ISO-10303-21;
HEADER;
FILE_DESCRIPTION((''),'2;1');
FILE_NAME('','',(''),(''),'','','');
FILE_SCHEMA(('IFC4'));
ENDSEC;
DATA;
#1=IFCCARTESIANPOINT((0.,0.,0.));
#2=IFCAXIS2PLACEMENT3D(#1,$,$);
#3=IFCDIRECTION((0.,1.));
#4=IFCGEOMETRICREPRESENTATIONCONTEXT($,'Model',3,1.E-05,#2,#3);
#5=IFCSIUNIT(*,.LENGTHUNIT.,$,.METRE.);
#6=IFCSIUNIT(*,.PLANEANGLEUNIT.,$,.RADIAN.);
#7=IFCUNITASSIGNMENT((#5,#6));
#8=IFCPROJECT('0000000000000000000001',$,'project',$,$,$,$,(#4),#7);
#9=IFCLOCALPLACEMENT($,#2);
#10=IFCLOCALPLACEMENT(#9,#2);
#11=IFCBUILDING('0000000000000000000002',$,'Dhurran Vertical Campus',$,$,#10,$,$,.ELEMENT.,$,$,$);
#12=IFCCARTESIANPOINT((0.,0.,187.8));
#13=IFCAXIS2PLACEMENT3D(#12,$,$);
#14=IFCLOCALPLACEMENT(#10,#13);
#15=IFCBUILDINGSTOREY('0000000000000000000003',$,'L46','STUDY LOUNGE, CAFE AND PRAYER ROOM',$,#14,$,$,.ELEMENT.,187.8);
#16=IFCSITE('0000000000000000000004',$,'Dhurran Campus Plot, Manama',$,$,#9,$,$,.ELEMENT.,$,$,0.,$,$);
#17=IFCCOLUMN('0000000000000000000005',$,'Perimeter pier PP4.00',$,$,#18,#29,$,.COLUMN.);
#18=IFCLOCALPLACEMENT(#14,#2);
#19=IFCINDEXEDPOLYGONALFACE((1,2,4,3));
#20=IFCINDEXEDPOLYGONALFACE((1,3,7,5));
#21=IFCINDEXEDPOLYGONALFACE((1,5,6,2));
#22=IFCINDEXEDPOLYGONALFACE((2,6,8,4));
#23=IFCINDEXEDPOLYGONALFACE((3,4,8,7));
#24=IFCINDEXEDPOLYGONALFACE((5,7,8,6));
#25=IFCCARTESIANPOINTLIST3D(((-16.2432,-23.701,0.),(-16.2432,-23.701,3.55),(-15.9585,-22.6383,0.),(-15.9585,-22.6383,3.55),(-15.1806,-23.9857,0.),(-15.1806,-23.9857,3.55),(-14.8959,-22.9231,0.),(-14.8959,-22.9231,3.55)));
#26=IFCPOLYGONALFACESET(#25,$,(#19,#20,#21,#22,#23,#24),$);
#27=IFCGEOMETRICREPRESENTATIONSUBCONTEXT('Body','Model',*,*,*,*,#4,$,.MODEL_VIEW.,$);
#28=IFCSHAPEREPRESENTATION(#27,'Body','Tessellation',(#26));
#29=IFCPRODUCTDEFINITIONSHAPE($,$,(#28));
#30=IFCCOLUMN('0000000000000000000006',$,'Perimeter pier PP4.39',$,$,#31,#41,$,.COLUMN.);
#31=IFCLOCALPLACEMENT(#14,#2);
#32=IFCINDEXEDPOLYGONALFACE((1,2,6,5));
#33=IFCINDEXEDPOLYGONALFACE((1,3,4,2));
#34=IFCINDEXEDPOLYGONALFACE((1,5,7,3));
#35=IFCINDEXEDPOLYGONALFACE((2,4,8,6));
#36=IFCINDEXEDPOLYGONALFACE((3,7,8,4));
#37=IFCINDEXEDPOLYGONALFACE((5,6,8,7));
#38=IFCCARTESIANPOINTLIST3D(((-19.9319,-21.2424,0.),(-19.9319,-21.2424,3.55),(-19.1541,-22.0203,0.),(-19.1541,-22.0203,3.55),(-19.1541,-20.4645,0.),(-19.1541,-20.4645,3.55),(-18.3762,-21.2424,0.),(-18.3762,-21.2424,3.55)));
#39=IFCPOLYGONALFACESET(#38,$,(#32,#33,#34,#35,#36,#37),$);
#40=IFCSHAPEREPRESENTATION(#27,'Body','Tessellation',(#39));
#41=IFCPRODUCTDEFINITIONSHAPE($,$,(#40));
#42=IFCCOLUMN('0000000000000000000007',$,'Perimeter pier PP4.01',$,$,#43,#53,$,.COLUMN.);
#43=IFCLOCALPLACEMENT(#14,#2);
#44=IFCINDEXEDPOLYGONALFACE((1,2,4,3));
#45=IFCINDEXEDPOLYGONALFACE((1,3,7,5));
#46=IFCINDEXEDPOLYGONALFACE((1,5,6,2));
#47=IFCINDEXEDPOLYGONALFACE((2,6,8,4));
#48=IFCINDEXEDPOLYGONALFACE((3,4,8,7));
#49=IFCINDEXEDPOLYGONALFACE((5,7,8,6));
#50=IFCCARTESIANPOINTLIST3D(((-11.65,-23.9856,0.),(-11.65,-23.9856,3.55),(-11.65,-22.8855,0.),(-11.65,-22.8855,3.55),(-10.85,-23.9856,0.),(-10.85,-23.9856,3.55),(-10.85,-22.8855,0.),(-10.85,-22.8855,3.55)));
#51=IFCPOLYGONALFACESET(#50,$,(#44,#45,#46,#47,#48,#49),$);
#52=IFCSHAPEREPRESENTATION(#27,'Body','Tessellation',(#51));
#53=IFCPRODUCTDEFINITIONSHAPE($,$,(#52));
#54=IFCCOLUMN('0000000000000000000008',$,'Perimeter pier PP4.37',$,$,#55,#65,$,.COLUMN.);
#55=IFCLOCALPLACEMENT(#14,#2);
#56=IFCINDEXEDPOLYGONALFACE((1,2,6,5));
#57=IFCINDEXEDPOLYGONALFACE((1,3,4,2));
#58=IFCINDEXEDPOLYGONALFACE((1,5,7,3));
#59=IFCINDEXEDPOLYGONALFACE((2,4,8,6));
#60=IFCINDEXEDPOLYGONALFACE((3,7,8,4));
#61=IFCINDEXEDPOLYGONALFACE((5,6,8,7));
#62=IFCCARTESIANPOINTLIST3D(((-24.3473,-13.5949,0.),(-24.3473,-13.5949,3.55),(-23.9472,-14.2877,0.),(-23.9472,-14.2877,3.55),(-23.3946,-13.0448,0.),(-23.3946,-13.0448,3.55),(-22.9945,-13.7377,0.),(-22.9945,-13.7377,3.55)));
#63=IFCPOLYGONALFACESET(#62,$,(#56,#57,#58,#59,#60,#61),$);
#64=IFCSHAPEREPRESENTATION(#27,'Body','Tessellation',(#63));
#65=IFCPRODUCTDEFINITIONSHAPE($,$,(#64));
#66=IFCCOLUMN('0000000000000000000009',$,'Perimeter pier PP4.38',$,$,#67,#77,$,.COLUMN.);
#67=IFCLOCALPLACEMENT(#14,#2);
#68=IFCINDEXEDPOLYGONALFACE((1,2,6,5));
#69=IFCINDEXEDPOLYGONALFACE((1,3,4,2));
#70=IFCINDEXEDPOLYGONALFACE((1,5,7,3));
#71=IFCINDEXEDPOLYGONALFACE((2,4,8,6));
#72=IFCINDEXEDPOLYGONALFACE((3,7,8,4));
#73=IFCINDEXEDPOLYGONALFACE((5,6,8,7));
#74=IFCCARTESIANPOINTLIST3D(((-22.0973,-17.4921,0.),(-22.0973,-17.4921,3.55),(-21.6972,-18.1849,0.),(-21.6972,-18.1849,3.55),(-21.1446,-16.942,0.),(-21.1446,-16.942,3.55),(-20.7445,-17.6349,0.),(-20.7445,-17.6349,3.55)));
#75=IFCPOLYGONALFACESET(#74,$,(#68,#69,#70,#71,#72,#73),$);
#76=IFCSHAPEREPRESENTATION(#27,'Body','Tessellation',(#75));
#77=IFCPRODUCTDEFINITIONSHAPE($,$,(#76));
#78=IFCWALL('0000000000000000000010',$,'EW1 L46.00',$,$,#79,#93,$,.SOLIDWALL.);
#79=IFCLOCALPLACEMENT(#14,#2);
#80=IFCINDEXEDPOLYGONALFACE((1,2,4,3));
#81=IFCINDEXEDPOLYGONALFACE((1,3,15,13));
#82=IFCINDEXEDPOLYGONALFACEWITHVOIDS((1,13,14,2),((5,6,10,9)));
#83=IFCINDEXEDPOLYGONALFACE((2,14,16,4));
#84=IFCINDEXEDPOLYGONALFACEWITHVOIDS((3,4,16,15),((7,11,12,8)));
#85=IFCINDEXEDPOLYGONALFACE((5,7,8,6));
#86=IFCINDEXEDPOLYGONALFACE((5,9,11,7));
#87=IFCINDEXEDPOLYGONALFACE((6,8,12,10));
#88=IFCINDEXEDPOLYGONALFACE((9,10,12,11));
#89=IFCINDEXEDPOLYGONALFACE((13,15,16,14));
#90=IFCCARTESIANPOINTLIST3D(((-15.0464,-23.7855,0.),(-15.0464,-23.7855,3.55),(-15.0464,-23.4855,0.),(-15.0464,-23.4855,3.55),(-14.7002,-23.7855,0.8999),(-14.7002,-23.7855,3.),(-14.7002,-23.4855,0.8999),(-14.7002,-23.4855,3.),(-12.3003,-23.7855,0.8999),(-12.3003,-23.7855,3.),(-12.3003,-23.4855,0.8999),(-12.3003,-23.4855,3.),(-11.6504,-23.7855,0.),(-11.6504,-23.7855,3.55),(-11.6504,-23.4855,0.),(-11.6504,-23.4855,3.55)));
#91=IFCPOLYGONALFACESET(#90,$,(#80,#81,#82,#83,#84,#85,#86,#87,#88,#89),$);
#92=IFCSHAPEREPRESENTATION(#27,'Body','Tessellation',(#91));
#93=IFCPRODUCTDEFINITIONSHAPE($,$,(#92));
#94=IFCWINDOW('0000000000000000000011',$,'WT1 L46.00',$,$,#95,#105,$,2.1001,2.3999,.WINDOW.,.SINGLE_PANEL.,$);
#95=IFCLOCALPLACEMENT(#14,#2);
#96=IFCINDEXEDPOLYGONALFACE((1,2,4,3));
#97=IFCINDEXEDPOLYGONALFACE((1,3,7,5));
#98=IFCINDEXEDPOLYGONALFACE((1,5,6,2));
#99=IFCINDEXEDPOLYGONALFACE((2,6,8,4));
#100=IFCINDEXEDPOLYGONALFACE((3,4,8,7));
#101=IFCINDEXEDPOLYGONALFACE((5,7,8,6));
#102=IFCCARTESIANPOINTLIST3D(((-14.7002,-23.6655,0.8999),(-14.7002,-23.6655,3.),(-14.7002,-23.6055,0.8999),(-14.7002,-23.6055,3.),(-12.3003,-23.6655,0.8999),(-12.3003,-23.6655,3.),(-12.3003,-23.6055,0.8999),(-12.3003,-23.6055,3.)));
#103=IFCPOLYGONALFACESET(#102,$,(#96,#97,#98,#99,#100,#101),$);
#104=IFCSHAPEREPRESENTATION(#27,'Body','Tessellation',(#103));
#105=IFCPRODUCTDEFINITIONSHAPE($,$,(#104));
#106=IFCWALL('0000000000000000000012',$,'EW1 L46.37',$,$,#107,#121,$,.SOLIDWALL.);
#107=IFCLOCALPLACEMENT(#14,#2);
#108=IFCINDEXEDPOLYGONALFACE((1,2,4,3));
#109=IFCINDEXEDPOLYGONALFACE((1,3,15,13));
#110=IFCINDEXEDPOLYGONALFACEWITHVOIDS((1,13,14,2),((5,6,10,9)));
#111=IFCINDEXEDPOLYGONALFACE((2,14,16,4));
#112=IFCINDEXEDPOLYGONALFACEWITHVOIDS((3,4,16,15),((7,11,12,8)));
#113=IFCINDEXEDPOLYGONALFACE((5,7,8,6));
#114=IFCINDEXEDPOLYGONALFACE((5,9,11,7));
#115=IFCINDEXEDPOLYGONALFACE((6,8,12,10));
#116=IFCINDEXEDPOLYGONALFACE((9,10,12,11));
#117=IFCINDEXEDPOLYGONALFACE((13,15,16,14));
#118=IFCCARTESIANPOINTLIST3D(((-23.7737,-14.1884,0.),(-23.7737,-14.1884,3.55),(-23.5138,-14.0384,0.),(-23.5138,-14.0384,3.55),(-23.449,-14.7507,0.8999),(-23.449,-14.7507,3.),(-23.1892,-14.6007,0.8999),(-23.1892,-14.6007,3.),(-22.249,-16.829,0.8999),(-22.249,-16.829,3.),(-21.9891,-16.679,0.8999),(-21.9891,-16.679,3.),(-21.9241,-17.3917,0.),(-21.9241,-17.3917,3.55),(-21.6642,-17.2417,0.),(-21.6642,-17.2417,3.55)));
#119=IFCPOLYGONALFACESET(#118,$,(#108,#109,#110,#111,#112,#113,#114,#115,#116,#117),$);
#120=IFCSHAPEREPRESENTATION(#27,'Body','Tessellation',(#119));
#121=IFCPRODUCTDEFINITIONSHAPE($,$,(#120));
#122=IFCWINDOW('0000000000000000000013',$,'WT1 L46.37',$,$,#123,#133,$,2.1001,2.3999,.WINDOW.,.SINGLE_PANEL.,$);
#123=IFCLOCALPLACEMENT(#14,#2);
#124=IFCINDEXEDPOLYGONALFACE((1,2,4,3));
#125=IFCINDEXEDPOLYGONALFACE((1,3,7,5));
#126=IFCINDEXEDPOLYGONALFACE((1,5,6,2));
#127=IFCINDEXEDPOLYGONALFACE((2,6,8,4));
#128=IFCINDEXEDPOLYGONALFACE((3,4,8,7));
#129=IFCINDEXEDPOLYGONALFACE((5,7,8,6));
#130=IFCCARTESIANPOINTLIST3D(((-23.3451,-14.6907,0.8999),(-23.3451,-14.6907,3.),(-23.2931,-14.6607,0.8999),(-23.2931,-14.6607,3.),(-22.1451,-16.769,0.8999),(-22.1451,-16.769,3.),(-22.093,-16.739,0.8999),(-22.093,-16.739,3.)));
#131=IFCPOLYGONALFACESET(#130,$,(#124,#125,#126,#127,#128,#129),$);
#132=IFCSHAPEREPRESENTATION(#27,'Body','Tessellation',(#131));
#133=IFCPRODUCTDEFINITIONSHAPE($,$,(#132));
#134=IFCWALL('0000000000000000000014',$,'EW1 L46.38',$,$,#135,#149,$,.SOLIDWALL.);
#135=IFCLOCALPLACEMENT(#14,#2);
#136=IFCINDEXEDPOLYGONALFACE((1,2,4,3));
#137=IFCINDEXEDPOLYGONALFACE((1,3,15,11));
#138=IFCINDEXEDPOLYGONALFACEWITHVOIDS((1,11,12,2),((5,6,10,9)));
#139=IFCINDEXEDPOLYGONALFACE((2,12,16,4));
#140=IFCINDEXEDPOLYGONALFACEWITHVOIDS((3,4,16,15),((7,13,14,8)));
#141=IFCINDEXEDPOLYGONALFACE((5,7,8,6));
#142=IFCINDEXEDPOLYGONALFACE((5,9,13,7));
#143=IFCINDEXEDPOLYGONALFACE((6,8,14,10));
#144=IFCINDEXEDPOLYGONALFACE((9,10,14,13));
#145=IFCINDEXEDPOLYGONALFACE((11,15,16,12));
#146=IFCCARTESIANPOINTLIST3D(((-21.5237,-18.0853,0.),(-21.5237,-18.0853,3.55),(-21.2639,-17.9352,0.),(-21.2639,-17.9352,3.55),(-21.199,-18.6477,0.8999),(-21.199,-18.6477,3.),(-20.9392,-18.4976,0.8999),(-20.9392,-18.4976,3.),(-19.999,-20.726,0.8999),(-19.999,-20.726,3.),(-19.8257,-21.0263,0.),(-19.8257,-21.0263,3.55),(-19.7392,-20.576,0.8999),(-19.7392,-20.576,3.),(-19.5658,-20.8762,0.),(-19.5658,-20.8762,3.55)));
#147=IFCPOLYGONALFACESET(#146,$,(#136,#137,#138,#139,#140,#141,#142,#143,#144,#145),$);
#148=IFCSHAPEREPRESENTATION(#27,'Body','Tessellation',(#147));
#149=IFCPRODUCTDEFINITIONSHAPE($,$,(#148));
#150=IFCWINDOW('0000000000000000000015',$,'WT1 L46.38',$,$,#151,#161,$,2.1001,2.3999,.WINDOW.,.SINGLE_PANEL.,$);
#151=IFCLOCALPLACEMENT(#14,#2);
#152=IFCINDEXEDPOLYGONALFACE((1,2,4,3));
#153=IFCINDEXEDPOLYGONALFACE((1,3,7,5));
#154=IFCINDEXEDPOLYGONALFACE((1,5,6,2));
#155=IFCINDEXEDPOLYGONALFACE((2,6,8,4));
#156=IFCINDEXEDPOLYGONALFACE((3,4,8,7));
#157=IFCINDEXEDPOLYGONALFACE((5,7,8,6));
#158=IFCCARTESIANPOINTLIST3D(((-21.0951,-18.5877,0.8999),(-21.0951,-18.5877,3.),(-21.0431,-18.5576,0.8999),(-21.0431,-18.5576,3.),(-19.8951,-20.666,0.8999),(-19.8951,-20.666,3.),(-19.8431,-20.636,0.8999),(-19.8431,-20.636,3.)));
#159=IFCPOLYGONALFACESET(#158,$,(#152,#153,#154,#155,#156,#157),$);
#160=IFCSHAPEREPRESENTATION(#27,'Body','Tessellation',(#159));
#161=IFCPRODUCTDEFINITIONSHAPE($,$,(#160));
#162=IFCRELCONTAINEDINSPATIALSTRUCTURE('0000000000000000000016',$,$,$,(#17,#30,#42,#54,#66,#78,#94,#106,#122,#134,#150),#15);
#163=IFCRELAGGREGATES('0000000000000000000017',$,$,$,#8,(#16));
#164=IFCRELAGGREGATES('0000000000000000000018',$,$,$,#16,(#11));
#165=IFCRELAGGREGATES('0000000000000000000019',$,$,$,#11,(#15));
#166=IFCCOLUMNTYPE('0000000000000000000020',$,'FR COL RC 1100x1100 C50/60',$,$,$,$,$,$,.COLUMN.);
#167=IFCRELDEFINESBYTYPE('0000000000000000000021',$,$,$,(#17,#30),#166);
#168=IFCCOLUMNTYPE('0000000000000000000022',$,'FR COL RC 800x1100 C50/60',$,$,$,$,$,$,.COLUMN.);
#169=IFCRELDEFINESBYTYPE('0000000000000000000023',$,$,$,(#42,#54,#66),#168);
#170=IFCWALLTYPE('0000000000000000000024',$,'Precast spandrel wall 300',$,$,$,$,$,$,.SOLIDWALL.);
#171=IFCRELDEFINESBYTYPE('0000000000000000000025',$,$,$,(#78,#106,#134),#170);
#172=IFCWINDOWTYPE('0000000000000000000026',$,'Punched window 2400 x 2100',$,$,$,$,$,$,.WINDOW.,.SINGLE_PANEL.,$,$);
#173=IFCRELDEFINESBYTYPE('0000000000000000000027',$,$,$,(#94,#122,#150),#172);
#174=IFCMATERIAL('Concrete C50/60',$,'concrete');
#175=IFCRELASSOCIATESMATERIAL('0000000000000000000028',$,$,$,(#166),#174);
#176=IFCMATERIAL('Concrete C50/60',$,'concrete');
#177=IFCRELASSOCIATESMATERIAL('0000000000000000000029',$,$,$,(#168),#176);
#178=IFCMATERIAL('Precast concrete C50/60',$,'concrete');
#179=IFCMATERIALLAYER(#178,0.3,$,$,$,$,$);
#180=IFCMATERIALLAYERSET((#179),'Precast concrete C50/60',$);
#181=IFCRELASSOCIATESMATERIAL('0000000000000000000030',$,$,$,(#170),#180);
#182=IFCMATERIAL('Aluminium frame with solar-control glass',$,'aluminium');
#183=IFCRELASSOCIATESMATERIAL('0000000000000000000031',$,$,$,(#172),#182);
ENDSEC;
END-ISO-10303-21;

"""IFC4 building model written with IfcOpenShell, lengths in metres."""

from ifc_helpers import new_model, si_unit, direction, frame, frame_2d, origin, origin_2d, place, context, subcontext, project, spatial, rectangle, extrude, material, layer, layer_set, material_profile, profile_set, type_object, element, fill, save


model = new_model("IFC4")

# Units and contexts
model_context = context("Model", 3, precision=1e-05, world=origin(), true_north=direction((0.0, 1.0)))
body_context = subcontext(model_context, "Body", "Model", "MODEL_VIEW")
ifc_project = project(units=[si_unit("LENGTHUNIT", "METRE"), si_unit("PLANEANGLEUNIT", "RADIAN")], contexts=[model_context])

# Site, building, storey
site_placement = place(None, origin())
site = spatial("IfcSite", under=ifc_project, at=site_placement, Name="Dhurran Campus Plot, Manama", CompositionType="ELEMENT", RefElevation=0.0)
building_placement = place(site_placement, origin())
building = spatial("IfcBuilding", under=site, at=building_placement, Name="Dhurran Vertical Campus", CompositionType="ELEMENT")
storey_placement = place(building_placement, frame((0.0, 0.0, 187.8)))
storey = spatial("IfcBuildingStorey", under=building, at=storey_placement, Name="L46", Description="STUDY LOUNGE, CAFE AND PRAYER ROOM", CompositionType="ELEMENT", Elevation=187.8)

# Columns
ifc_material_1 = material(Name="Concrete C50/60", Category="concrete")
ifc_material_profile_1 = material_profile(ifc_material_1, rectangle(XDim=1.1001, YDim=1.1001, at=origin_2d()), Name="RC 1100x1100")
ifc_profile_set_1 = profile_set([ifc_material_profile_1], Name="Concrete C50/60")
column_type_1 = type_object("IfcColumnType", Name="FR COL RC 1100x1100 C50/60", PredefinedType="COLUMN", material=ifc_profile_set_1)
for number, where, z_axis, x_axis, name in (
    (1, (-15.5696, -23.312, 0.0), (0.0, 0.0, 1.0), (0.965926, -0.258819, 0.0), "Perimeter pier PP4.00"),
    (2, (-19.1541, -21.2424, 0.0), (0.0, 0.0, 1.0), (0.707107, -0.707107, 0.0), "Perimeter pier PP4.39"),
):
    element("IfcColumn", number, at=place(storey_placement, frame(where, z_axis=z_axis, x_axis=x_axis)), inside=storey, type_object=column_type_1, Name=name, PredefinedType="COLUMN", context=body_context, shape_type="SweptSolid", body=[
        extrude(rectangle(XDim=1.1001, YDim=1.1001, at=origin_2d()), origin(), (0.0, 0.0, 1.0), 3.55),
    ])
ifc_material_2 = material(Name="Concrete C50/60", Category="concrete")
ifc_material_profile_2 = material_profile(ifc_material_2, rectangle(XDim=0.8, YDim=1.1001, at=origin_2d()), Name="RC 800x1100")
ifc_profile_set_2 = profile_set([ifc_material_profile_2], Name="Concrete C50/60")
column_type_2 = type_object("IfcColumnType", Name="FR COL RC 800x1100 C50/60", PredefinedType="COLUMN", material=ifc_profile_set_2)
for number, where, z_axis, x_axis, name in (
    (3, (-11.25, -23.4355, 0.0), (0.0, 0.0, 1.0), (1.0, 0.0, 0.0), "Perimeter pier PP4.01"),
    (4, (-23.6709, -13.6663, 0.0), (0.0, 0.0, 1.0), (0.5, -0.866025, 0.0), "Perimeter pier PP4.37"),
    (5, (-21.4209, -17.5635, 0.0), (0.0, 0.0, 1.0), (0.5, -0.866025, 0.0), "Perimeter pier PP4.38"),
):
    element("IfcColumn", number, at=place(storey_placement, frame(where, z_axis=z_axis, x_axis=x_axis)), inside=storey, type_object=column_type_2, Name=name, PredefinedType="COLUMN", context=body_context, shape_type="SweptSolid", body=[
        extrude(rectangle(XDim=0.8, YDim=1.1001, at=origin_2d()), origin(), (0.0, 0.0, 1.0), 3.55),
    ])

# Walls, openings, windows
ifc_material_3 = material(Name="Precast concrete C50/60", Category="concrete")
ifc_layer_1 = layer(ifc_material_3, 0.3)
ifc_layer_set_1 = layer_set([ifc_layer_1], Name="Precast concrete C50/60")
wall_type_1 = type_object("IfcWallType", Name="Precast spandrel wall 300", PredefinedType="SOLIDWALL", material=ifc_layer_set_1)
wall_1_placement = place(storey_placement, frame((-15.0464, -23.6355, 0.0), z_axis=(0.0, 0.0, 1.0), x_axis=(1.0, 0.0, 0.0)))
wall_1 = element("IfcWall", 6, at=wall_1_placement, inside=storey, type_object=wall_type_1, Name="EW1 L46.00", PredefinedType="SOLIDWALL", context=body_context, shape_type="SweptSolid", body=[
    extrude(rectangle(XDim=3.396, YDim=0.3, at=frame_2d((1.698, 0.0))), origin(), (0.0, 0.0, 1.0), 3.55),
])
opening_1_placement = place(wall_1_placement, frame((0.3462, 0.0, 0.8999)))
opening_1 = element("IfcOpeningElement", 7, at=opening_1_placement, cuts=wall_1, PredefinedType="OPENING", context=body_context, shape_type="SweptSolid", body=[
    extrude(rectangle(XDim=2.3999, YDim=2.1001, at=frame_2d((1.2, 1.05))), frame((0.0, 0.1599, 0.0), z_axis=(0.0, -1.0, 0.0), x_axis=(1.0, 0.0, 0.0)), (0.0, 0.0, 1.0), 0.3201),
])
ifc_material_4 = material(Name="Aluminium frame with solar-control glass", Category="aluminium")
window_type = type_object("IfcWindowType", Name="Punched window 2400 x 2100", PartitioningType="SINGLE_PANEL", PredefinedType="WINDOW", material=ifc_material_4)
window_1_placement = place(opening_1_placement, origin())
window_1 = element("IfcWindow", 8, at=window_1_placement, inside=storey, type_object=window_type, Name="WT1 L46.00", OverallHeight=2.1001, OverallWidth=2.3999, PartitioningType="SINGLE_PANEL", PredefinedType="WINDOW", context=body_context, shape_type="SweptSolid", body=[
    extrude(rectangle(XDim=2.3999, YDim=2.1001, at=frame_2d((1.2, 1.05))), frame((0.0, 0.03, 0.0), z_axis=(0.0, -1.0, 0.0), x_axis=(1.0, 0.0, 0.0)), (0.0, 0.0, 1.0), 0.0601),
])
fill(opening_1, window_1)
wall_2_placement = place(storey_placement, frame((-23.6438, -14.1133, 0.0), z_axis=(0.0, 0.0, 1.0), x_axis=(0.500029, -0.866009, 0.0)))
wall_2 = element("IfcWall", 9, at=wall_2_placement, inside=storey, type_object=wall_type_1, Name="EW1 L46.37", PredefinedType="SOLIDWALL", context=body_context, shape_type="SweptSolid", body=[
    extrude(rectangle(XDim=3.699, YDim=0.3, at=frame_2d((1.8496, 0.0))), origin(), (0.0, 0.0, 1.0), 3.55),
])
opening_2_placement = place(wall_2_placement, frame((0.6494, 0.0, 0.8999)))
opening_2 = element("IfcOpeningElement", 10, at=opening_2_placement, cuts=wall_2, PredefinedType="OPENING", context=body_context, shape_type="SweptSolid", body=[
    extrude(rectangle(XDim=2.3999, YDim=2.1001, at=frame_2d((1.2, 1.05))), frame((0.0, 0.1599, 0.0), z_axis=(0.0, -1.0, 0.0), x_axis=(1.0, 0.0, 0.0)), (0.0, 0.0, 1.0), 0.3201),
])
window_2_placement = place(opening_2_placement, origin())
window_2 = element("IfcWindow", 11, at=window_2_placement, inside=storey, type_object=window_type, Name="WT1 L46.37", OverallHeight=2.1001, OverallWidth=2.3999, PartitioningType="SINGLE_PANEL", PredefinedType="WINDOW", context=body_context, shape_type="SweptSolid", body=[
    extrude(rectangle(XDim=2.3999, YDim=2.1001, at=frame_2d((1.2, 1.05))), frame((0.0, 0.03, 0.0), z_axis=(0.0, -1.0, 0.0), x_axis=(1.0, 0.0, 0.0)), (0.0, 0.0, 1.0), 0.0601),
])
fill(opening_2, window_2)
wall_3_placement = place(storey_placement, frame((-21.3938, -18.0103, 0.0), z_axis=(0.0, 0.0, 1.0), x_axis=(0.500013, -0.866018, 0.0)))
wall_3 = element("IfcWall", 12, at=wall_3_placement, inside=storey, type_object=wall_type_1, Name="EW1 L46.38", PredefinedType="SOLIDWALL", context=body_context, shape_type="SweptSolid", body=[
    extrude(rectangle(XDim=3.396, YDim=0.3, at=frame_2d((1.698, 0.0))), origin(), (0.0, 0.0, 1.0), 3.55),
])
opening_3_placement = place(wall_3_placement, frame((0.6494, 0.0, 0.8999)))
opening_3 = element("IfcOpeningElement", 13, at=opening_3_placement, cuts=wall_3, PredefinedType="OPENING", context=body_context, shape_type="SweptSolid", body=[
    extrude(rectangle(XDim=2.3999, YDim=2.1001, at=frame_2d((1.2, 1.05))), frame((0.0, 0.1599, 0.0), z_axis=(0.0, -1.0, 0.0), x_axis=(1.0, 0.0, 0.0)), (0.0, 0.0, 1.0), 0.3201),
])
window_3_placement = place(opening_3_placement, origin())
window_3 = element("IfcWindow", 14, at=window_3_placement, inside=storey, type_object=window_type, Name="WT1 L46.38", OverallHeight=2.1001, OverallWidth=2.3999, PartitioningType="SINGLE_PANEL", PredefinedType="WINDOW", context=body_context, shape_type="SweptSolid", body=[
    extrude(rectangle(XDim=2.3999, YDim=2.1001, at=frame_2d((1.2, 1.05))), frame((0.0, 0.03, 0.0), z_axis=(0.0, -1.0, 0.0), x_axis=(1.0, 0.0, 0.0)), (0.0, 0.0, 1.0), 0.0601),
])
fill(opening_3, window_3)

save(model, "model.ifc")
